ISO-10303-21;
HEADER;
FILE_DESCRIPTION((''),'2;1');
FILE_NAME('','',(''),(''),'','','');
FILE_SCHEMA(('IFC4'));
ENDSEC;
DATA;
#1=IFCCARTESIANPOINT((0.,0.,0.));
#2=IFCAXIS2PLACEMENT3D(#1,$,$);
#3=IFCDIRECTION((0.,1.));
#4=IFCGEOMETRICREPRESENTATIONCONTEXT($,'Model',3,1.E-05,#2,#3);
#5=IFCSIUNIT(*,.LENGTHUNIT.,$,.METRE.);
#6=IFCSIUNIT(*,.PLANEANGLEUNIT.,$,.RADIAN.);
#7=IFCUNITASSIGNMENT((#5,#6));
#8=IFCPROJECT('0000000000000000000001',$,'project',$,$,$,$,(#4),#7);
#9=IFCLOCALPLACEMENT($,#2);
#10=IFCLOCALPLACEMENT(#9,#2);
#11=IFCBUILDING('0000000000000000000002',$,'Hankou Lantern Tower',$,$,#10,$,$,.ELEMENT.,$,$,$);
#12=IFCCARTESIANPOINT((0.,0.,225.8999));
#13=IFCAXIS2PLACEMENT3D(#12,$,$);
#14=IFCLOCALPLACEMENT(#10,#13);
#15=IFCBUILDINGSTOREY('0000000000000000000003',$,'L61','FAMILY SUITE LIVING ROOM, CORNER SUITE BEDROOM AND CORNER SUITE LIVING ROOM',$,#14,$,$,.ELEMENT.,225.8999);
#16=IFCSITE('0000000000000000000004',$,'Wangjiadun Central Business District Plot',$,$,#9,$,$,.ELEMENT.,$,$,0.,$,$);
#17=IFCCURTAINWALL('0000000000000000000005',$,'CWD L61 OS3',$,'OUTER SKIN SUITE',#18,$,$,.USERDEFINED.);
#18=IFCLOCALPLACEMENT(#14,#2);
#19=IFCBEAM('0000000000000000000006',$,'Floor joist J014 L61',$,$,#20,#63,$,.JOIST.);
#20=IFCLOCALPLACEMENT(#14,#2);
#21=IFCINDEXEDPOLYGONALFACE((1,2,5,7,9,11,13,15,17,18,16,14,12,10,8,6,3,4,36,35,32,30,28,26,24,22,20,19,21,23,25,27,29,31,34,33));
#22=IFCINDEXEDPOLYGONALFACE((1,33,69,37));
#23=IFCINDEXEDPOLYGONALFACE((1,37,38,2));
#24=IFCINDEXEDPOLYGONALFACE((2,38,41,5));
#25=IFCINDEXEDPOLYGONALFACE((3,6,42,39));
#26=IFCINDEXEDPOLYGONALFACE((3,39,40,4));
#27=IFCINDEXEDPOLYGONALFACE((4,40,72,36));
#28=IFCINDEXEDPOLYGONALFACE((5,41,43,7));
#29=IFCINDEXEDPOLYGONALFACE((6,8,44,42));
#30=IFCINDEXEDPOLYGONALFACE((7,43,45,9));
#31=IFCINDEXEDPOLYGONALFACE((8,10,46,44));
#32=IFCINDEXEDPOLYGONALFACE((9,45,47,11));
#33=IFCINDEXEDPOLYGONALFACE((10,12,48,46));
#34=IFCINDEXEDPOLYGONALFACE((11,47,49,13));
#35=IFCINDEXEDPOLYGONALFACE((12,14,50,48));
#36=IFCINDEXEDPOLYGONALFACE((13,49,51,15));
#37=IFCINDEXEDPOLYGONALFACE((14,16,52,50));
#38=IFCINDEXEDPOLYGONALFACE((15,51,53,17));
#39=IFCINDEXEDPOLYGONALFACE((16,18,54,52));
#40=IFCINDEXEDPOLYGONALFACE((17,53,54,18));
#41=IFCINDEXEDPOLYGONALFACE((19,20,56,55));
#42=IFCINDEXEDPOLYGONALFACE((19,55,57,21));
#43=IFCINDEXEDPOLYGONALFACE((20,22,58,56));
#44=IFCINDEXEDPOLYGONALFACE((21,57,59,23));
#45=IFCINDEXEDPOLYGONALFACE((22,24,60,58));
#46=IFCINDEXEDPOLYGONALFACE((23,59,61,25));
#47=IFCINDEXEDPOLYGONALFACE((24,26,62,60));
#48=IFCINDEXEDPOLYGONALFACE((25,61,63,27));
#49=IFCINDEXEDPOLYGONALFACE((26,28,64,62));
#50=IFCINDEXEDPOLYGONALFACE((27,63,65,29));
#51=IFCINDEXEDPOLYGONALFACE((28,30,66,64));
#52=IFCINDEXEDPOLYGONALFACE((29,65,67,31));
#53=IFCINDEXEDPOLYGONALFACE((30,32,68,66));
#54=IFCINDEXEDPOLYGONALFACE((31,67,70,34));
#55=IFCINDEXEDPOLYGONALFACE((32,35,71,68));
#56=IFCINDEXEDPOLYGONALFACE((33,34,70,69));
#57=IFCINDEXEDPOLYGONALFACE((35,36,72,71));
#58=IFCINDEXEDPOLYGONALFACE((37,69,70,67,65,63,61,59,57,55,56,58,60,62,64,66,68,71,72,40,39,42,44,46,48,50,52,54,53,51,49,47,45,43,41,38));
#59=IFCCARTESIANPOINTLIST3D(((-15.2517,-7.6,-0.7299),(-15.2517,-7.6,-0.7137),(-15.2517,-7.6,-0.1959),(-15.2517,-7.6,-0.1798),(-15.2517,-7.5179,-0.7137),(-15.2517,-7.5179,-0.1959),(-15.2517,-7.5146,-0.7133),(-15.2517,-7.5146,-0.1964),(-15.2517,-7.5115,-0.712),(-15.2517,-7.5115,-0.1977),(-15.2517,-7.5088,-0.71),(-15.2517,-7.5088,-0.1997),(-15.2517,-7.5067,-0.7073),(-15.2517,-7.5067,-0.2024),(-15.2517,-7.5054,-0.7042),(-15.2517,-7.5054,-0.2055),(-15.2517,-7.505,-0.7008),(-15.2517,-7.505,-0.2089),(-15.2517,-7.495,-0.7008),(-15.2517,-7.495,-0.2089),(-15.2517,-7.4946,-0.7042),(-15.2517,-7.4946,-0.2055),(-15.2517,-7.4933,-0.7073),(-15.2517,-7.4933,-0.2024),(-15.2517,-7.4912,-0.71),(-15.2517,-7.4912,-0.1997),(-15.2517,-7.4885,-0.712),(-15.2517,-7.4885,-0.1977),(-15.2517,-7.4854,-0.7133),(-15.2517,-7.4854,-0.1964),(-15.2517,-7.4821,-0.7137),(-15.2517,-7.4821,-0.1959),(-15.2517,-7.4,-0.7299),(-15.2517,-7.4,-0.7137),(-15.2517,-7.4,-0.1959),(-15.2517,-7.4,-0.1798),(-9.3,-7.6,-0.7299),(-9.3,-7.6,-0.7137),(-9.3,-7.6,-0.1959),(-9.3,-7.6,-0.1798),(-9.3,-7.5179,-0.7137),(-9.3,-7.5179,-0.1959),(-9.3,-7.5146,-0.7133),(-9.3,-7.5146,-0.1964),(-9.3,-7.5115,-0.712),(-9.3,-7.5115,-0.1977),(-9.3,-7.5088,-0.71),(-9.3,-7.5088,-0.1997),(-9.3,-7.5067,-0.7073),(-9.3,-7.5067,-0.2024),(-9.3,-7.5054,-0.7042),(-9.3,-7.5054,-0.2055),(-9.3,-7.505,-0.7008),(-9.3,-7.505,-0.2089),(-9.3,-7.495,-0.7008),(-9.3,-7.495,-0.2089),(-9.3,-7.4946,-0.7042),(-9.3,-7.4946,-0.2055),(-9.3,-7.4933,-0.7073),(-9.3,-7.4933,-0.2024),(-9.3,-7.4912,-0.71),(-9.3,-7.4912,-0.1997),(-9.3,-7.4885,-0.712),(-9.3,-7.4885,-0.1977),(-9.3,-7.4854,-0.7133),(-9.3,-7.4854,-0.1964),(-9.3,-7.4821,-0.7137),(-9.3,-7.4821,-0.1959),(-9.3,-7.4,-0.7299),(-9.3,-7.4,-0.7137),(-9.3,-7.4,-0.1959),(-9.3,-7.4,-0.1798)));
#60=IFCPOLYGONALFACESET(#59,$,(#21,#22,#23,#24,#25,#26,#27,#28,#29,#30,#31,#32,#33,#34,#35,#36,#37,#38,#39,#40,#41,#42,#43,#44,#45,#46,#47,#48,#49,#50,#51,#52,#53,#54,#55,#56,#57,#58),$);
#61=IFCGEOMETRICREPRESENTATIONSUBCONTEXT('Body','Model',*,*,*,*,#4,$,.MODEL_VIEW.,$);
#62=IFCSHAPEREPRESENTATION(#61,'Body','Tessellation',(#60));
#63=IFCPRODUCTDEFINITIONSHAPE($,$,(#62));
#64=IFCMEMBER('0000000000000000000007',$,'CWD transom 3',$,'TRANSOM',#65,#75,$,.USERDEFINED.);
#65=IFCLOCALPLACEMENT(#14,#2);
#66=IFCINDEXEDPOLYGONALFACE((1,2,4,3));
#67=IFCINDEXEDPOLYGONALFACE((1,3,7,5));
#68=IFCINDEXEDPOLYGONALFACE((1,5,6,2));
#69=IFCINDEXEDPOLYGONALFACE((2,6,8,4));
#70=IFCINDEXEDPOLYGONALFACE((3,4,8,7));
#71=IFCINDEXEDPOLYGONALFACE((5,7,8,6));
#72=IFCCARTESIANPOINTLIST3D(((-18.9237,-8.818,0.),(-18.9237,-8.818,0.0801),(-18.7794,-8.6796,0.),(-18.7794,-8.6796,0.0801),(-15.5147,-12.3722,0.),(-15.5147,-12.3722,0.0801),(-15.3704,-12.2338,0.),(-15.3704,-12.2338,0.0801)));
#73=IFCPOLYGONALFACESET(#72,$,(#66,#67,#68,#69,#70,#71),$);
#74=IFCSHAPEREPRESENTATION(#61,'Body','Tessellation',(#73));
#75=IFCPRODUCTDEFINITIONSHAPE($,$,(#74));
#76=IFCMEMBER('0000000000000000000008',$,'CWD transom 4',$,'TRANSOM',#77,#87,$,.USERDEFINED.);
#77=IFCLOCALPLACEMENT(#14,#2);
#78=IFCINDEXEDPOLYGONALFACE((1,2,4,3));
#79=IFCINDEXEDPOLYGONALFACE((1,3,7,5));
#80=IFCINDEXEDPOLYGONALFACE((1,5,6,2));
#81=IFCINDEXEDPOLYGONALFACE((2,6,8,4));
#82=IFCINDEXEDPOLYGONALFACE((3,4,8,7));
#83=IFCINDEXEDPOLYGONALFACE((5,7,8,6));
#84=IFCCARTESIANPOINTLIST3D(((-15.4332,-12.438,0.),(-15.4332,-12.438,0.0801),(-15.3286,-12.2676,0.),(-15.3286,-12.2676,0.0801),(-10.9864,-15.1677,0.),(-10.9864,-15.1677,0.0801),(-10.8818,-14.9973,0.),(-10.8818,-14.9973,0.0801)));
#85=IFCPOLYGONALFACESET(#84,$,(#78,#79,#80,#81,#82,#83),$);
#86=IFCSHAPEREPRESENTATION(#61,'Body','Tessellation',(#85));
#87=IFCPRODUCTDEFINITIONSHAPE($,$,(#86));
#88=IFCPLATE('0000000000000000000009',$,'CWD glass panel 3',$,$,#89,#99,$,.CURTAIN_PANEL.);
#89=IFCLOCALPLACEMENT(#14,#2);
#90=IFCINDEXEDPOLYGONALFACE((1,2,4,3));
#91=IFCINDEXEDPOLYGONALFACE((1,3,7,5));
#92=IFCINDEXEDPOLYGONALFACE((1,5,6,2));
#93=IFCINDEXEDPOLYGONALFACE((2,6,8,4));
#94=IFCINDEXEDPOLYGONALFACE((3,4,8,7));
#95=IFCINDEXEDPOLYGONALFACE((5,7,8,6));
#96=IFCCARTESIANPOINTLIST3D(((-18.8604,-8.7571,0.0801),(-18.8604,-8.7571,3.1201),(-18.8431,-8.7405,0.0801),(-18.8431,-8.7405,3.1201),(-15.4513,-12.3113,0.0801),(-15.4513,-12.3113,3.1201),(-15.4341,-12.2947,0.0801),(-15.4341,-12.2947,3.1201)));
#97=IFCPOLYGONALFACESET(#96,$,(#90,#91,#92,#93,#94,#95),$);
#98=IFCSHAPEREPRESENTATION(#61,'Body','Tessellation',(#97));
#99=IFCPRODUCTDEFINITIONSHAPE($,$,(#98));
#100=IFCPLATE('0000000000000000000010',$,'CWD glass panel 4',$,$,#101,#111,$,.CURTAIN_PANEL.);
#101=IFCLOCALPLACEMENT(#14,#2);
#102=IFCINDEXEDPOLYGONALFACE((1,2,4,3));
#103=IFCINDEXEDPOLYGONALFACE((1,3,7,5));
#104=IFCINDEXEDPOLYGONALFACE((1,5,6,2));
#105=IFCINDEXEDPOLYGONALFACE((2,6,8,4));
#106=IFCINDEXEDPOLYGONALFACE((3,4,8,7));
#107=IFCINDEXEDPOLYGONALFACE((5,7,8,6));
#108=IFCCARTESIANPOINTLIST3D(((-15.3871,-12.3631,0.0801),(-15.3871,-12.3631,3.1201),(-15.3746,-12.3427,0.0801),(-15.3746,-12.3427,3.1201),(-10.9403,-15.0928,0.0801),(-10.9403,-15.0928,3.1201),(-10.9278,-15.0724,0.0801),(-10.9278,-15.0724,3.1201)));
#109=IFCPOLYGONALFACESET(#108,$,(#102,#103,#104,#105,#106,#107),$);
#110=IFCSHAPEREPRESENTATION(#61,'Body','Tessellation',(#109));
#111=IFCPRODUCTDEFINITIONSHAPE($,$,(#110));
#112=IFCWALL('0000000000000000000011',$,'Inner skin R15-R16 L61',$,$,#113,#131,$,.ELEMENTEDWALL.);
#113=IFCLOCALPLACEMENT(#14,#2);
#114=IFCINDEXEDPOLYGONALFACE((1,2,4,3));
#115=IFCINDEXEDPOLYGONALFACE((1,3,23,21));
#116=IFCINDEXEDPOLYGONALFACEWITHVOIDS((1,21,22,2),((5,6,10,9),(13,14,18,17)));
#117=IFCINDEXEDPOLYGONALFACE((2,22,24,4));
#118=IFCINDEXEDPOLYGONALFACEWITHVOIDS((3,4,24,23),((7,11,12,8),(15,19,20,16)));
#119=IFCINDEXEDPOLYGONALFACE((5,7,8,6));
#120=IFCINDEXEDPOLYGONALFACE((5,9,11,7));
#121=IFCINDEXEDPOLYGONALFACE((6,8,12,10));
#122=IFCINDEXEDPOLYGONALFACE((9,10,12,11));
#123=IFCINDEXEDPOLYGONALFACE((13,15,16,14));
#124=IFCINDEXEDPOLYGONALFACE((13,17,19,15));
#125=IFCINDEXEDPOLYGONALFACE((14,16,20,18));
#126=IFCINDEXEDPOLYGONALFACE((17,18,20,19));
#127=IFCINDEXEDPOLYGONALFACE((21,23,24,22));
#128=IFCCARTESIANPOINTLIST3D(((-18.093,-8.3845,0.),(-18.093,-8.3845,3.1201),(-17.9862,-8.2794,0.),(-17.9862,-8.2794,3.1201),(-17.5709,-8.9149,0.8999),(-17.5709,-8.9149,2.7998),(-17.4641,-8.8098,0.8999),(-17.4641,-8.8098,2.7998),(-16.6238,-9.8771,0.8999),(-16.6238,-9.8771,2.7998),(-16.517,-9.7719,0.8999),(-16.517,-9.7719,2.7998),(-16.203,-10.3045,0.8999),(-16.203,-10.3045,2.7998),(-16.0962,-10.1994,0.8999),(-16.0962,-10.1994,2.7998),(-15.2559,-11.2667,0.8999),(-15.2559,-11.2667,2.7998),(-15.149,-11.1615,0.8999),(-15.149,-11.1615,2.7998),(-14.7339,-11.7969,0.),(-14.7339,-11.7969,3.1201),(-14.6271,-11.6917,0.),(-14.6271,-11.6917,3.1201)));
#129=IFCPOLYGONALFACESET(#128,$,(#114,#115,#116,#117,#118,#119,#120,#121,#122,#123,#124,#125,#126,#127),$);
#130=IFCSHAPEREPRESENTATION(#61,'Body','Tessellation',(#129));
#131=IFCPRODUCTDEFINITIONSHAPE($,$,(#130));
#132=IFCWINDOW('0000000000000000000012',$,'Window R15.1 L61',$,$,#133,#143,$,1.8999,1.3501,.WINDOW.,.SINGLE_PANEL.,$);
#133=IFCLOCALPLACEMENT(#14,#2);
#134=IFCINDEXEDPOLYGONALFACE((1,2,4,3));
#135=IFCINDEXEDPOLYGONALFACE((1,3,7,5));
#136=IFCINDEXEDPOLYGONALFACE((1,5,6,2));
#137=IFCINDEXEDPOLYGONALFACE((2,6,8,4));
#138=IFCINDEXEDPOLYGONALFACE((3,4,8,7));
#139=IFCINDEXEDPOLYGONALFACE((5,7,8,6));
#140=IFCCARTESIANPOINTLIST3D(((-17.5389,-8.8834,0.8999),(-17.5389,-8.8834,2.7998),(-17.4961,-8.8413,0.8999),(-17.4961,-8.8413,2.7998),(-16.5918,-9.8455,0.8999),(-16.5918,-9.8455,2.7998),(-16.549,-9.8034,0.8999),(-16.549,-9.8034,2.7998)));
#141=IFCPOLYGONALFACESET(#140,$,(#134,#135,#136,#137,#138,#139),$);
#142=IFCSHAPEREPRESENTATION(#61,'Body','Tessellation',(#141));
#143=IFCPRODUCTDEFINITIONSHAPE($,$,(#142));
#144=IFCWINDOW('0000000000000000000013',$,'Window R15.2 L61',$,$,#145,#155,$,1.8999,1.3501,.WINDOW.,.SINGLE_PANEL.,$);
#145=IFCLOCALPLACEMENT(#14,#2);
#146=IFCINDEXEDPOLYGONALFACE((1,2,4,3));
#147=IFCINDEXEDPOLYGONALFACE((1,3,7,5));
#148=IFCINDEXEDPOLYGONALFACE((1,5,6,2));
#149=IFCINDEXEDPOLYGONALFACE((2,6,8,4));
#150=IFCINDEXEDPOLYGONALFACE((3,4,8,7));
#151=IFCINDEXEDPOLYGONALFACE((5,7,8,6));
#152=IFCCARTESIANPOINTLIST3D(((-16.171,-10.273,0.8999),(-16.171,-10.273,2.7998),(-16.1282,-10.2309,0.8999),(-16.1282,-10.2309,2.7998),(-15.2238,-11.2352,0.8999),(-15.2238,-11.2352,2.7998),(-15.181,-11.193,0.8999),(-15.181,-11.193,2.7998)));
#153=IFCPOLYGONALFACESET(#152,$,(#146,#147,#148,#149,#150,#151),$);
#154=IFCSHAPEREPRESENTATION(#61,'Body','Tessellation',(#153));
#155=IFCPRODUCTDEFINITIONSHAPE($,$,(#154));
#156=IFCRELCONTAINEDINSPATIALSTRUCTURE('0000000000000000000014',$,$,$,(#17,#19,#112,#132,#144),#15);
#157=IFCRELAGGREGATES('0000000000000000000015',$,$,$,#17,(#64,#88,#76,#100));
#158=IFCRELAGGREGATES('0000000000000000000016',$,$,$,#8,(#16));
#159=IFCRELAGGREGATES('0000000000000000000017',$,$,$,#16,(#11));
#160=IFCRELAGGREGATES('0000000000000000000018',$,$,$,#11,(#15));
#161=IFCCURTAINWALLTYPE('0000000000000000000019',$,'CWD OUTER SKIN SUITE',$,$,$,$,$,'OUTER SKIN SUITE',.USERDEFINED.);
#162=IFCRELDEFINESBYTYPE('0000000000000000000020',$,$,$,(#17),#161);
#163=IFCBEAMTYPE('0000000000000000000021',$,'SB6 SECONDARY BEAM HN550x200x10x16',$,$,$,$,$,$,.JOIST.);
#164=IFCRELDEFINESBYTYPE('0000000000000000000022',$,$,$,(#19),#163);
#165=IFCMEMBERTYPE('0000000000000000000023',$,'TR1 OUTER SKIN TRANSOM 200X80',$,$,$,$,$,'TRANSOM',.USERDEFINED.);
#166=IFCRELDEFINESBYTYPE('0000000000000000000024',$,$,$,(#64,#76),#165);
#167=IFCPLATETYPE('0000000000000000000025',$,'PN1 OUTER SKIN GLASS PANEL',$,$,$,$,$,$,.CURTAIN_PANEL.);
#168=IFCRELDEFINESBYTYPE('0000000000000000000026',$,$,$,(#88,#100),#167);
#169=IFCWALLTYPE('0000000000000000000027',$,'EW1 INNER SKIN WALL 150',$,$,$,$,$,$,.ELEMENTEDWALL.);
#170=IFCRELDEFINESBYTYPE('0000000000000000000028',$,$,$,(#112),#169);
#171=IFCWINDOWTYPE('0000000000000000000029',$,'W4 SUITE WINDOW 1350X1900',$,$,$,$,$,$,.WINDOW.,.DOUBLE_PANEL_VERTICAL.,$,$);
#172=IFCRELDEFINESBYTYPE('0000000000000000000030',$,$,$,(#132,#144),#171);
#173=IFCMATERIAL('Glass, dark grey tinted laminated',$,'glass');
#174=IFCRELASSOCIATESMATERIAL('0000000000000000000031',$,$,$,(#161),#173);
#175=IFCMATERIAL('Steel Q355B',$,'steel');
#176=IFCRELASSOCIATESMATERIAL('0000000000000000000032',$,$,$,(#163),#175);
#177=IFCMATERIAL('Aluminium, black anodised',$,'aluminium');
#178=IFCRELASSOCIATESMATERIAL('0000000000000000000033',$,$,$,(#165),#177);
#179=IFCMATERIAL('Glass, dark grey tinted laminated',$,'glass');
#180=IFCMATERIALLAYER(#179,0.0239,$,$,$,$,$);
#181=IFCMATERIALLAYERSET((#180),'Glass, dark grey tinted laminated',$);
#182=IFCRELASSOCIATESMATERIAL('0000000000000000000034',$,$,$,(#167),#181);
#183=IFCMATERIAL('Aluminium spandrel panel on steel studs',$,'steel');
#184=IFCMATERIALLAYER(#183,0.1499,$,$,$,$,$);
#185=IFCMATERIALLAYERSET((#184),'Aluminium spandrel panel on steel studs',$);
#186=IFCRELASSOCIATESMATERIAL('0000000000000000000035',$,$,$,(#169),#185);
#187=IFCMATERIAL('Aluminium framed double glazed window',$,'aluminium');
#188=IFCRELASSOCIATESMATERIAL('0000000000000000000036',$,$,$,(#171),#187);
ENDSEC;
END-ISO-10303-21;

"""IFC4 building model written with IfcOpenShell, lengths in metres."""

from ifc_helpers import new_model, si_unit, direction, frame, frame_2d, origin, origin_2d, place, context, subcontext, project, spatial, rectangle, i_section, extrude, material, layer, layer_set, material_profile, profile_set, type_object, element, fill, aggregate, save


model = new_model("IFC4")

# Units and contexts
model_context = context("Model", 3, precision=1e-05, world=origin(), true_north=direction((0.0, 1.0)))
body_context = subcontext(model_context, "Body", "Model", "MODEL_VIEW")
ifc_project = project(units=[si_unit("LENGTHUNIT", "METRE"), si_unit("PLANEANGLEUNIT", "RADIAN")], contexts=[model_context])

# Site, building, storey
site_placement = place(None, origin())
site = spatial("IfcSite", under=ifc_project, at=site_placement, Name="Wangjiadun Central Business District Plot", CompositionType="ELEMENT", RefElevation=0.0)
building_placement = place(site_placement, origin())
building = spatial("IfcBuilding", under=site, at=building_placement, Name="Hankou Lantern Tower", CompositionType="ELEMENT")
storey_placement = place(building_placement, frame((0.0, 0.0, 225.8999)))
storey = spatial("IfcBuildingStorey", under=building, at=storey_placement, Name="L61", Description="FAMILY SUITE LIVING ROOM, CORNER SUITE BEDROOM AND CORNER SUITE LIVING ROOM", CompositionType="ELEMENT", Elevation=225.8999)

# Curtain wall
ifc_material_1 = material(Name="Glass, dark grey tinted laminated", Category="glass")
curtain_wall_type = type_object("IfcCurtainWallType", Name="CWD OUTER SKIN SUITE", ElementType="OUTER SKIN SUITE", PredefinedType="USERDEFINED", material=ifc_material_1)
curtain_wall_placement = place(storey_placement, origin())
curtain_wall = element("IfcCurtainWall", 1, at=curtain_wall_placement, inside=storey, type_object=curtain_wall_type, Name="CWD L61 OS3", ObjectType="OUTER SKIN SUITE", PredefinedType="USERDEFINED")

# Beam
ifc_material_2 = material(Name="Steel Q355B", Category="steel")
ifc_material_profile_1 = material_profile(ifc_material_2, i_section(OverallWidth=0.2, OverallDepth=0.55, WebThickness=0.01, FlangeThickness=0.0161, FilletRadius=0.0129, at=origin_2d()), Name="HN550x200x10x16")
ifc_profile_set_1 = profile_set([ifc_material_profile_1], Name="Steel Q355B")
beam_type_1 = type_object("IfcBeamType", Name="SB6 SECONDARY BEAM HN550x200x10x16", PredefinedType="JOIST", material=ifc_profile_set_1)
beam_1_placement = place(storey_placement, frame((-15.2517, -7.5, -0.4548), z_axis=(1.0, 0.0, 0.0), x_axis=(0.0, 1.0, 0.0)))
element("IfcBeam", 2, at=beam_1_placement, inside=storey, type_object=beam_type_1, Name="Floor joist J014 L61", PredefinedType="JOIST", context=body_context, shape_type="SweptSolid", body=[
    extrude(i_section(OverallWidth=0.2, OverallDepth=0.55, WebThickness=0.01, FlangeThickness=0.0161, FilletRadius=0.0129, at=origin_2d()), origin(), (0.0, 0.0, 1.0), 5.9517),
])

# Members
ifc_material_3 = material(Name="Aluminium, black anodised", Category="aluminium")
ifc_material_profile_2 = material_profile(ifc_material_3, rectangle(XDim=0.2, YDim=0.0801, at=origin_2d()), Name="TR1 200X80")
ifc_profile_set_2 = profile_set([ifc_material_profile_2], Name="Aluminium, black anodised")
member_type_1 = type_object("IfcMemberType", Name="TR1 OUTER SKIN TRANSOM 200X80", ElementType="TRANSOM", PredefinedType="USERDEFINED", material=ifc_profile_set_2)
member_1_placement = place(storey_placement, frame((-18.8516, -8.7488, 0.04), z_axis=(0.692205, -0.721701, 0.0), x_axis=(0.721701, 0.692205, 0.0)))
member_1 = element("IfcMember", 3, at=member_1_placement, type_object=member_type_1, Name="CWD transom 3", ObjectType="TRANSOM", PredefinedType="USERDEFINED", context=body_context, shape_type="SweptSolid", body=[
    extrude(rectangle(XDim=0.2, YDim=0.0801, at=origin_2d()), origin(), (0.0, 0.0, 1.0), 4.9248),
])
member_2_placement = place(storey_placement, frame((-15.3809, -12.3528, 0.04), z_axis=(0.852235, -0.52316, 0.0), x_axis=(0.52316, 0.852235, 0.0)))
member_2 = element("IfcMember", 4, at=member_2_placement, type_object=member_type_1, Name="CWD transom 4", ObjectType="TRANSOM", PredefinedType="USERDEFINED", context=body_context, shape_type="SweptSolid", body=[
    extrude(rectangle(XDim=0.2, YDim=0.0801, at=origin_2d()), origin(), (0.0, 0.0, 1.0), 5.2178),
])

# Plates
ifc_material_4 = material(Name="Glass, dark grey tinted laminated", Category="glass")
ifc_layer_1 = layer(ifc_material_4, 0.0239)
ifc_layer_set_1 = layer_set([ifc_layer_1], Name="Glass, dark grey tinted laminated")
plate_type = type_object("IfcPlateType", Name="PN1 OUTER SKIN GLASS PANEL", PredefinedType="CURTAIN_PANEL", material=ifc_layer_set_1)
plate_1_placement = place(storey_placement, frame((-17.1472, -10.5259, 0.0801), z_axis=(0.0, 0.0, 1.0), x_axis=(0.692216, -0.721691, 0.0)))
plate_1 = element("IfcPlate", 5, at=plate_1_placement, type_object=plate_type, Name="CWD glass panel 3", PredefinedType="CURTAIN_PANEL", context=body_context, shape_type="SweptSolid", body=[
    extrude(rectangle(XDim=4.9248, YDim=0.0239, at=origin_2d()), origin(), (0.0, 0.0, 1.0), 3.04),
])
plate_2_placement = place(storey_placement, frame((-13.1575, -13.7178, 0.0801), z_axis=(0.0, 0.0, 1.0), x_axis=(0.852237, -0.523156, 0.0)))
plate_2 = element("IfcPlate", 6, at=plate_2_placement, type_object=plate_type, Name="CWD glass panel 4", PredefinedType="CURTAIN_PANEL", context=body_context, shape_type="SweptSolid", body=[
    extrude(rectangle(XDim=5.2178, YDim=0.0239, at=origin_2d()), origin(), (0.0, 0.0, 1.0), 3.04),
])
aggregate(curtain_wall, [member_1, plate_1, member_2, plate_2])

# Wall, openings, windows
ifc_material_5 = material(Name="Aluminium spandrel panel on steel studs", Category="steel")
ifc_layer_2 = layer(ifc_material_5, 0.1499)
ifc_layer_set_2 = layer_set([ifc_layer_2], Name="Aluminium spandrel panel on steel studs")
wall_type_1 = type_object("IfcWallType", Name="EW1 INNER SKIN WALL 150", PredefinedType="ELEMENTEDWALL", material=ifc_layer_set_2)
wall_1_placement = place(storey_placement, frame((-18.0396, -8.332, 0.0), z_axis=(0.0, 0.0, 1.0), x_axis=(0.701527, -0.712643, 0.0)))
wall_1 = element("IfcWall", 7, at=wall_1_placement, inside=storey, type_object=wall_type_1, Name="Inner skin R15-R16 L61", PredefinedType="ELEMENTEDWALL", context=body_context, shape_type="SweptSolid", body=[
    extrude(rectangle(XDim=4.7883, YDim=0.1499, at=frame_2d((2.394, 0.0))), origin(), (0.0, 0.0, 1.0), 3.1201),
])
opening_1_placement = place(wall_1_placement, frame((0.7441, 0.0, 0.8999)))
opening_1 = element("IfcOpeningElement", 8, at=opening_1_placement, cuts=wall_1, PredefinedType="OPENING", context=body_context, shape_type="SweptSolid", body=[
    extrude(rectangle(XDim=1.3501, YDim=1.8999, at=frame_2d((0.675, 0.95))), frame((0.0, 0.085, 0.0), z_axis=(0.0, -1.0, 0.0), x_axis=(1.0, 0.0, 0.0)), (0.0, 0.0, 1.0), 0.1699),
])
opening_2_placement = place(wall_1_placement, frame((2.6941, 0.0, 0.8999)))
opening_2 = element("IfcOpeningElement", 9, at=opening_2_placement, cuts=wall_1, PredefinedType="OPENING", context=body_context, shape_type="SweptSolid", body=[
    extrude(rectangle(XDim=1.3501, YDim=1.8999, at=frame_2d((0.675, 0.95))), frame((0.0, 0.085, 0.0), z_axis=(0.0, -1.0, 0.0), x_axis=(1.0, 0.0, 0.0)), (0.0, 0.0, 1.0), 0.1699),
])
ifc_material_6 = material(Name="Aluminium framed double glazed window", Category="aluminium")
window_type = type_object("IfcWindowType", Name="W4 SUITE WINDOW 1350X1900", PartitioningType="DOUBLE_PANEL_VERTICAL", PredefinedType="WINDOW", material=ifc_material_6)
window_1_placement = place(opening_1_placement, origin())
window_1 = element("IfcWindow", 10, at=window_1_placement, inside=storey, type_object=window_type, Name="Window R15.1 L61", OverallHeight=1.8999, OverallWidth=1.3501, PartitioningType="SINGLE_PANEL", PredefinedType="WINDOW", context=body_context, shape_type="SweptSolid", body=[
    extrude(rectangle(XDim=1.3501, YDim=1.8999, at=frame_2d((0.675, 0.95))), frame((0.0, 0.03, 0.0), z_axis=(0.0, -1.0, 0.0), x_axis=(1.0, 0.0, 0.0)), (0.0, 0.0, 1.0), 0.0601),
])
fill(opening_1, window_1)
window_2_placement = place(opening_2_placement, origin())
window_2 = element("IfcWindow", 11, at=window_2_placement, inside=storey, type_object=window_type, Name="Window R15.2 L61", OverallHeight=1.8999, OverallWidth=1.3501, PartitioningType="SINGLE_PANEL", PredefinedType="WINDOW", context=body_context, shape_type="SweptSolid", body=[
    extrude(rectangle(XDim=1.3501, YDim=1.8999, at=frame_2d((0.675, 0.95))), frame((0.0, 0.03, 0.0), z_axis=(0.0, -1.0, 0.0), x_axis=(1.0, 0.0, 0.0)), (0.0, 0.0, 1.0), 0.0601),
])
fill(opening_2, window_2)

save(model, "model.ifc")
